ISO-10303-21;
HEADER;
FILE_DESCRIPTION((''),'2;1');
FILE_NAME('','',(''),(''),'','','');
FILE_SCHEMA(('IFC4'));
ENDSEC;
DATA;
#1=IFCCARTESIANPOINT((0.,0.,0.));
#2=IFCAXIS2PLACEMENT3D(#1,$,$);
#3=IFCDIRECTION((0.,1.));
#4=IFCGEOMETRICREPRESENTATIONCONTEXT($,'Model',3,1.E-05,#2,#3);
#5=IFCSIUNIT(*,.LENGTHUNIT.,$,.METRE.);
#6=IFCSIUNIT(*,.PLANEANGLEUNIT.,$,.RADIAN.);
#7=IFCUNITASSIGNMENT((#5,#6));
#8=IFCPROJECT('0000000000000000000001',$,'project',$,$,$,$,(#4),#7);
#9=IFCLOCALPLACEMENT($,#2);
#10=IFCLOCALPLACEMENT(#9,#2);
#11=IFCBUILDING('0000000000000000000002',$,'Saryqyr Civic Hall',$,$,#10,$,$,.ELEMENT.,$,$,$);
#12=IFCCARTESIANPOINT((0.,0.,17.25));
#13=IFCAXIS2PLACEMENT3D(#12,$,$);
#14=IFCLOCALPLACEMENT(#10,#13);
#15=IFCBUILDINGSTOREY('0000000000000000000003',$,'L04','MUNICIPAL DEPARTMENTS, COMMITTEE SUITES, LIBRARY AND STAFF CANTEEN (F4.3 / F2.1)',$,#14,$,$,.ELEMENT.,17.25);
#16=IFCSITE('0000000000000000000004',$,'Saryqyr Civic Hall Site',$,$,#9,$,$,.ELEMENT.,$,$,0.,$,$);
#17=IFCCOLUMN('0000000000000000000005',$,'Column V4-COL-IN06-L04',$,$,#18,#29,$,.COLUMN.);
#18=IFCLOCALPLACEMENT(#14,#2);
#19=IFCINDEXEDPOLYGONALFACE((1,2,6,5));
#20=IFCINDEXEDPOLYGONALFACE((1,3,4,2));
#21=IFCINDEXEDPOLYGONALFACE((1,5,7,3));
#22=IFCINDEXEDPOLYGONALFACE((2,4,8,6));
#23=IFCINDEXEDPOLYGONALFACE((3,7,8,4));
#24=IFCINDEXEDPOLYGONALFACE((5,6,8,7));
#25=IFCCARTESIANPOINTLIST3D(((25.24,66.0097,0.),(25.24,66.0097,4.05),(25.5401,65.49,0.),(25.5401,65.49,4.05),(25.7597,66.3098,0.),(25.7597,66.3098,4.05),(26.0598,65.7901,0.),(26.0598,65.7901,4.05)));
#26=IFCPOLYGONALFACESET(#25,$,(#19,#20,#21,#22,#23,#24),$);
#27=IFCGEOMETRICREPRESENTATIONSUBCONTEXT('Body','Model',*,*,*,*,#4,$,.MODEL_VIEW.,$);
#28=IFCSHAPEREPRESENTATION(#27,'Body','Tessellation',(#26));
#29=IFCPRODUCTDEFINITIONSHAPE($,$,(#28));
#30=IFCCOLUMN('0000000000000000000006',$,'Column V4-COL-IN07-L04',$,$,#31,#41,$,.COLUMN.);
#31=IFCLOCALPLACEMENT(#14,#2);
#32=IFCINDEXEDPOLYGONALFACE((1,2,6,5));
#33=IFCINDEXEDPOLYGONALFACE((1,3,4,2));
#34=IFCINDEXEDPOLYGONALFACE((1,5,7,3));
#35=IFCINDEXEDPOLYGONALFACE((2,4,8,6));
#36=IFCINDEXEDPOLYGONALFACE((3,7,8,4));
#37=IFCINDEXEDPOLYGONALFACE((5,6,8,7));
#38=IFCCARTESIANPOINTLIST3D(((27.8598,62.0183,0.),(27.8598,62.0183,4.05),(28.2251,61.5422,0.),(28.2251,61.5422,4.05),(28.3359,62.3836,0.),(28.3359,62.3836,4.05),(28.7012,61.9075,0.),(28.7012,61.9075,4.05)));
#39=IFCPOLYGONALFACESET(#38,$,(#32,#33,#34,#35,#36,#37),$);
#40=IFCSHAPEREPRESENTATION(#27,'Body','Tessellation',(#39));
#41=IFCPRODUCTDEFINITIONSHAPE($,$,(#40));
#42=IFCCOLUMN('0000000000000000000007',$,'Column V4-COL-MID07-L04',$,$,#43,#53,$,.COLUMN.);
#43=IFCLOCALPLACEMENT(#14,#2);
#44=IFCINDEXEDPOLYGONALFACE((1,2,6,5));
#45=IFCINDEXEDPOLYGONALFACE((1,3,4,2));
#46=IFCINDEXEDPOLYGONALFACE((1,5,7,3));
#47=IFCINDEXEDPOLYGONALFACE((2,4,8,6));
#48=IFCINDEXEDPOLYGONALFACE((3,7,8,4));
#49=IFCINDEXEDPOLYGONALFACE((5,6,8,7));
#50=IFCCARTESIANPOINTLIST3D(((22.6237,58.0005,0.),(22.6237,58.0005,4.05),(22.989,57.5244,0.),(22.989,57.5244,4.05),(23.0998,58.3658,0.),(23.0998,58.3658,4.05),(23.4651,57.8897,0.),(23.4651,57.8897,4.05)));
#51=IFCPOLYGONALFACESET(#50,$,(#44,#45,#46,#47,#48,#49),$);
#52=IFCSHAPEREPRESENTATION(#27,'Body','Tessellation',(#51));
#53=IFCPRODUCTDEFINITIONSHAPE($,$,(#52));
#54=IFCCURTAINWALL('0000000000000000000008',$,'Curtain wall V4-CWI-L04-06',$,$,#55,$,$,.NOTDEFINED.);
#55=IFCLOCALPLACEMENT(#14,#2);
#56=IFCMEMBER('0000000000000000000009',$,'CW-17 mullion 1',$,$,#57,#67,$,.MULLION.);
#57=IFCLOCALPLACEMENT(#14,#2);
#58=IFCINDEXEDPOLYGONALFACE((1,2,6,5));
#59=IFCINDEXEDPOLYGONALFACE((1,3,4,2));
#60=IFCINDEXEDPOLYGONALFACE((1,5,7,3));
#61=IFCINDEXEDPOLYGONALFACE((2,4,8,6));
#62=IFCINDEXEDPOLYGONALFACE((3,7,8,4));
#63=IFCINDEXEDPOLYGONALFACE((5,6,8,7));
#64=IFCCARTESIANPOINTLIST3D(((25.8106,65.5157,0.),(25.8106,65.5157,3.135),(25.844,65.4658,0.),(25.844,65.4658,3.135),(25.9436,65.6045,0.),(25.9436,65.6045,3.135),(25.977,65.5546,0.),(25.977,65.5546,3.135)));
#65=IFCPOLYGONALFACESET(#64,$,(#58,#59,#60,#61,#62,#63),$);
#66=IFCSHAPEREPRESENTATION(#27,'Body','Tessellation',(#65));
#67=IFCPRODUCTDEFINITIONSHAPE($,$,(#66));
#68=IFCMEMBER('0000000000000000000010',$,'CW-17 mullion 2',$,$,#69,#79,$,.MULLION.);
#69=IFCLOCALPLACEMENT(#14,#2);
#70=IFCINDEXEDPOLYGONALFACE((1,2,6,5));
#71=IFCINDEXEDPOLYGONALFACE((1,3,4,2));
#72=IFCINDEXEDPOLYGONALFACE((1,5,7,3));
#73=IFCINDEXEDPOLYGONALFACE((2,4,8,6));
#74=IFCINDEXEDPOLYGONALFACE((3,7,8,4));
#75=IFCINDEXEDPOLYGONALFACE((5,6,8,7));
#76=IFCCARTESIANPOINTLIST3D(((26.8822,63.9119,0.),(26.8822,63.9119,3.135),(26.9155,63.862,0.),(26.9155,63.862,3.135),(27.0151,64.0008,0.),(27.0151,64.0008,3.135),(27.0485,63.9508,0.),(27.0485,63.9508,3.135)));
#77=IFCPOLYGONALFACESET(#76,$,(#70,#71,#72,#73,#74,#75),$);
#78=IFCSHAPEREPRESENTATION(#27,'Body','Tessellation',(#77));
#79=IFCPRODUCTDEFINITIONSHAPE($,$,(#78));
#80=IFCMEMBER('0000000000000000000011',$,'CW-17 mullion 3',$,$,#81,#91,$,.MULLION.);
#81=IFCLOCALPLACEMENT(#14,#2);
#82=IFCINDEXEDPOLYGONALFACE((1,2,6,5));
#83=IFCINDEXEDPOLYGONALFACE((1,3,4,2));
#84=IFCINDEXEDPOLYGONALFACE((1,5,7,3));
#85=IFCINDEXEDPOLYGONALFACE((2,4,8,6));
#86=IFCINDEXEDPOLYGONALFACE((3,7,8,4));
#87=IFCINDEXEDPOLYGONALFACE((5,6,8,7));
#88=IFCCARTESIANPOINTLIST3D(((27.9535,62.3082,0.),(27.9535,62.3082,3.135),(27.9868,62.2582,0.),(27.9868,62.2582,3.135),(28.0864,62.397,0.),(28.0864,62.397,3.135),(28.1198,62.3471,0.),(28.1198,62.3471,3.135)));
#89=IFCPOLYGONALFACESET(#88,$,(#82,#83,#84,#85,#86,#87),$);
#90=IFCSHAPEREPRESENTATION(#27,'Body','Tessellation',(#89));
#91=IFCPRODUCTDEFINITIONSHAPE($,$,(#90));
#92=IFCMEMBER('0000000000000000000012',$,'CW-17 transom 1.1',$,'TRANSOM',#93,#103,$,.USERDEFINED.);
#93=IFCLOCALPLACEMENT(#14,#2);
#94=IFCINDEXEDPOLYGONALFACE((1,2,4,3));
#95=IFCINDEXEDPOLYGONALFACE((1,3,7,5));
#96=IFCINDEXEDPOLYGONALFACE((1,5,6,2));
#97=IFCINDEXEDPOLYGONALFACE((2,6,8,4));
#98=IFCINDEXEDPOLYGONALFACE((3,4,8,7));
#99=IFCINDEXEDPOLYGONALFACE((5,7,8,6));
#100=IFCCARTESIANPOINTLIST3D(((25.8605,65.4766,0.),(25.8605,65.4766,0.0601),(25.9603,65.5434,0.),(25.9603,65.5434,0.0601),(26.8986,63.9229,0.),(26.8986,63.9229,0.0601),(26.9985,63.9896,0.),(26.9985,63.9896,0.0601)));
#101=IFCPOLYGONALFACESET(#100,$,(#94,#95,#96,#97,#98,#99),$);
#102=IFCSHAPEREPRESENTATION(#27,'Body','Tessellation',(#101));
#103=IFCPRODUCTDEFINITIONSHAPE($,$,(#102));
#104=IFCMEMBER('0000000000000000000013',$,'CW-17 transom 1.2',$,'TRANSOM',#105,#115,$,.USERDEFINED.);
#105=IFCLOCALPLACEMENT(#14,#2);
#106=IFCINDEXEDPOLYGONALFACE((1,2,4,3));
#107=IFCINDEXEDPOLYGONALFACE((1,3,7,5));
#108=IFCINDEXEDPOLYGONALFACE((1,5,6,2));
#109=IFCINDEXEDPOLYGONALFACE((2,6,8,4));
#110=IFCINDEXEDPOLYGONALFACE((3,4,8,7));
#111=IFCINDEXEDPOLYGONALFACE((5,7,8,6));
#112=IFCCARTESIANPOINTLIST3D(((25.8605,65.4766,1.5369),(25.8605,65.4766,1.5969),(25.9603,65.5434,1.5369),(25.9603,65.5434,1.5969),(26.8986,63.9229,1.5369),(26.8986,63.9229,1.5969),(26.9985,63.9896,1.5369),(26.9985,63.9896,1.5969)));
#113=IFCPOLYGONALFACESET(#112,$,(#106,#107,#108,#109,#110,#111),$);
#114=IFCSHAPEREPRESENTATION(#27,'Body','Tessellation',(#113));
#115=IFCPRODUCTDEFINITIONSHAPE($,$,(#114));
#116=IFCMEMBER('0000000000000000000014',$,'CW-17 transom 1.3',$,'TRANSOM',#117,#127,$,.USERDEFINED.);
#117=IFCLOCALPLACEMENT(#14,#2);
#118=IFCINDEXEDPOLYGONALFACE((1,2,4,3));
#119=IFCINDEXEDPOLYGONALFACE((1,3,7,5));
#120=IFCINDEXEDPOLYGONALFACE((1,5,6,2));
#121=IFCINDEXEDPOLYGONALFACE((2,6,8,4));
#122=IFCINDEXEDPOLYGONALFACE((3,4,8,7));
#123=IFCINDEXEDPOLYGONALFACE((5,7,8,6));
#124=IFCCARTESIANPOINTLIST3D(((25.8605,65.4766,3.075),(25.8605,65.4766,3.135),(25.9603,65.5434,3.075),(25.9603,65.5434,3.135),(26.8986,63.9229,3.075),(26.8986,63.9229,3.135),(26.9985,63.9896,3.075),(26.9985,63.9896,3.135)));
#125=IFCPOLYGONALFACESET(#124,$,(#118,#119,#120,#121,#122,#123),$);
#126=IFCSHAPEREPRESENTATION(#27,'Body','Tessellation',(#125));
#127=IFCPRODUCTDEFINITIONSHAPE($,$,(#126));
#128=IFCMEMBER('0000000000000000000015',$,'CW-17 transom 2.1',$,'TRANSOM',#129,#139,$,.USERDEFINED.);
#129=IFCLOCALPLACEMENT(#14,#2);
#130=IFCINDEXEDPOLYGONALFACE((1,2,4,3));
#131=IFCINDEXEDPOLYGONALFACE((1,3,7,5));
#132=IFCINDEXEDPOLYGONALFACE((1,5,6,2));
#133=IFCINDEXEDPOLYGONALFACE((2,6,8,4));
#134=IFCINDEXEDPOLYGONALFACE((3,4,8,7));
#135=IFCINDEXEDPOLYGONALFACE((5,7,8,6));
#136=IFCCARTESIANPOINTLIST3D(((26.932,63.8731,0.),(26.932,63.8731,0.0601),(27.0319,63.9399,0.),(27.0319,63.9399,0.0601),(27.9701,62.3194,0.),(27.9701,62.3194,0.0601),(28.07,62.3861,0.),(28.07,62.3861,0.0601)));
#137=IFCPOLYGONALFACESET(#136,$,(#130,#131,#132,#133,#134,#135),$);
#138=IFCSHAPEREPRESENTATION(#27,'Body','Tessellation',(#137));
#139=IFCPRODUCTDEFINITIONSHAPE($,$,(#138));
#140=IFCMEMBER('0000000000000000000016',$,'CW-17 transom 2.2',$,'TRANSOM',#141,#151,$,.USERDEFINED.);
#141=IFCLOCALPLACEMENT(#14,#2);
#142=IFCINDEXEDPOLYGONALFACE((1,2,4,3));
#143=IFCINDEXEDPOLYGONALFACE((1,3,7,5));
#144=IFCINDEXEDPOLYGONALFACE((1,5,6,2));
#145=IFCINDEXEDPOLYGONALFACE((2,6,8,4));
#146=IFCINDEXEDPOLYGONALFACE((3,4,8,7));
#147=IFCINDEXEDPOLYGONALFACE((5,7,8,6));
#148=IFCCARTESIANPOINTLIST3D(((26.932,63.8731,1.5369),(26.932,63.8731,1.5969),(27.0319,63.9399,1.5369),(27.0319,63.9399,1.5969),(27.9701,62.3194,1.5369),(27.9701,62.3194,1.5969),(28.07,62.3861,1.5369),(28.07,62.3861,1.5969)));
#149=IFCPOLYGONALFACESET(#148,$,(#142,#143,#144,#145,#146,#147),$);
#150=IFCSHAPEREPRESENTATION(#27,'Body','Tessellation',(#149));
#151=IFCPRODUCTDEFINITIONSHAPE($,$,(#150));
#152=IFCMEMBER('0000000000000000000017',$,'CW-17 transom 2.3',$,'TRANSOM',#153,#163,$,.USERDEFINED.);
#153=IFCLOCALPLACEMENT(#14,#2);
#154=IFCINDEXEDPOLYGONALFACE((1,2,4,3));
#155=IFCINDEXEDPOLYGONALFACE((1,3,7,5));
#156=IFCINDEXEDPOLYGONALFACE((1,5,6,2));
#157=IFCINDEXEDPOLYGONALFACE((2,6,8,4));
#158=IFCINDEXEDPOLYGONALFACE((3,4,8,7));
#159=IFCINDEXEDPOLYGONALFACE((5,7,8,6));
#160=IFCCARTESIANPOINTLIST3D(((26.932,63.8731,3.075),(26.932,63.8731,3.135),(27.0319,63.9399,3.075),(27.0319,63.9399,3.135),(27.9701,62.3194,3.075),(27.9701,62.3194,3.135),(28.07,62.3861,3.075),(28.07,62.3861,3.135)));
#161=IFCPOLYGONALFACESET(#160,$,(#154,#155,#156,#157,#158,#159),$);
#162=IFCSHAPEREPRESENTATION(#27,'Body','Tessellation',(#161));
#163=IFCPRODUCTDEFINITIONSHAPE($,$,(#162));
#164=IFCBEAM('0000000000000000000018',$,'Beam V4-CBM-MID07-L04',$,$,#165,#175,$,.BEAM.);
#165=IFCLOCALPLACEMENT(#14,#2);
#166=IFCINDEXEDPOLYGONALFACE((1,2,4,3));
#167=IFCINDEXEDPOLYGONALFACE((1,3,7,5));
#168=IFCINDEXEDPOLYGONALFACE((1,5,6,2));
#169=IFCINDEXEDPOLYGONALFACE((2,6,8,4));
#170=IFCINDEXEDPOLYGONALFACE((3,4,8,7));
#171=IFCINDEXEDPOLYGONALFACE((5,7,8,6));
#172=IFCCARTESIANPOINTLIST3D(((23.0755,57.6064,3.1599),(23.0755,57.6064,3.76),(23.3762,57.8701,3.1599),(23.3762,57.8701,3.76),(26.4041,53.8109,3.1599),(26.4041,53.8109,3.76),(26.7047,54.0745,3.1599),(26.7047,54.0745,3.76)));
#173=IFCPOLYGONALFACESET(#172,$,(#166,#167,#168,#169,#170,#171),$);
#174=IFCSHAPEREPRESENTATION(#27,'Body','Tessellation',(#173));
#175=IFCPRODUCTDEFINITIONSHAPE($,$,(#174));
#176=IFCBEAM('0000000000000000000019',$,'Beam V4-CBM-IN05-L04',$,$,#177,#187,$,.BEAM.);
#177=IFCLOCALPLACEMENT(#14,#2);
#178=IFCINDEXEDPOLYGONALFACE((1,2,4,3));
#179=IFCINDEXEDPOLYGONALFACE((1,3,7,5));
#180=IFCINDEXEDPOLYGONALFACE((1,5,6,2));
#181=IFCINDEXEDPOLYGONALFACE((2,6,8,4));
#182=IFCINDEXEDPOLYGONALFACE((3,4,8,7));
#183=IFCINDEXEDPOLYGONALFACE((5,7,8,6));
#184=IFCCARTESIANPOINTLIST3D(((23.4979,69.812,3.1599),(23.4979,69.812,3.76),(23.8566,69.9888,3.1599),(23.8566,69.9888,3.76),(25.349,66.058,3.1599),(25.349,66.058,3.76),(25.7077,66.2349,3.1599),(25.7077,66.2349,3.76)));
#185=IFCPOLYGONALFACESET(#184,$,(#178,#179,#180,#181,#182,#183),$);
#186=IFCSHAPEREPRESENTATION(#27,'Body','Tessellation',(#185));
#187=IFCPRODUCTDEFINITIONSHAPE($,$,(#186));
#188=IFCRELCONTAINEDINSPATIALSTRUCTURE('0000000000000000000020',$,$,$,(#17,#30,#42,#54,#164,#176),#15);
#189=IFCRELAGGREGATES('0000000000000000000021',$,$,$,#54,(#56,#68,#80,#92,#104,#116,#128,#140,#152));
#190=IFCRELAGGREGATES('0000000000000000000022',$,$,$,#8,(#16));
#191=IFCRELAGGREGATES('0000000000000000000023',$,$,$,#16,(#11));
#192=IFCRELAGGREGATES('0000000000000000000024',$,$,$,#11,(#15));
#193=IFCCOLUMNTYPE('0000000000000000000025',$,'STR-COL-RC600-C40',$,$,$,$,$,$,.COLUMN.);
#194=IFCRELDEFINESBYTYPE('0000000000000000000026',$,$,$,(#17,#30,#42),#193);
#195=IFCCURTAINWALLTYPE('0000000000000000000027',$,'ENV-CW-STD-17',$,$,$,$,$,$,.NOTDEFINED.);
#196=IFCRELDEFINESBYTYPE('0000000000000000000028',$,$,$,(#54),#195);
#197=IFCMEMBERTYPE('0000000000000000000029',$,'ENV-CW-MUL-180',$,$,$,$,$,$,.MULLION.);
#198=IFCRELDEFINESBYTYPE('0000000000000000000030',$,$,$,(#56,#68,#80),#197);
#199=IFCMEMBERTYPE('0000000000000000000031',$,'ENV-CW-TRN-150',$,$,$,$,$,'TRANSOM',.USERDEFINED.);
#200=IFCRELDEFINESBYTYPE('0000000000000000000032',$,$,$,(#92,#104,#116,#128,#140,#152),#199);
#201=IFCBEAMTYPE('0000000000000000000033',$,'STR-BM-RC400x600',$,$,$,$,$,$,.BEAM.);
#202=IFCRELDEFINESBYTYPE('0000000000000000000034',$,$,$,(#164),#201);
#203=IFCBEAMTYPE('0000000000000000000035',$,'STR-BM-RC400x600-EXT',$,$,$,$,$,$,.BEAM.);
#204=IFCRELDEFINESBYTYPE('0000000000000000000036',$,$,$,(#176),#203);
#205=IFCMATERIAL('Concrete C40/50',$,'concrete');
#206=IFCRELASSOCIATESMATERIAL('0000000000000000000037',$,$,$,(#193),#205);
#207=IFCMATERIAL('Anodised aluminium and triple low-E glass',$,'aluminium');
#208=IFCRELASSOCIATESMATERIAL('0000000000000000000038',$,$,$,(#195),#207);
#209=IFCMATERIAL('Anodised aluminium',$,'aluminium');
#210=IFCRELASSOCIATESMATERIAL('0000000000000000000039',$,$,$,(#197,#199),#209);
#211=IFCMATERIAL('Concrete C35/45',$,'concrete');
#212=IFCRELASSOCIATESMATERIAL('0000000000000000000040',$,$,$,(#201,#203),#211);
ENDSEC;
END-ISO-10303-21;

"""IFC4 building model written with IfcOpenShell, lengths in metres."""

from ifc_helpers import new_model, si_unit, direction, frame, origin, origin_2d, place, context, subcontext, project, spatial, rectangle, extrude, material, material_profile, profile_set, type_object, element, aggregate, save


model = new_model("IFC4")

# Units and contexts
model_context = context("Model", 3, precision=1e-05, world=origin(), true_north=direction((0.0, 1.0)))
body_context = subcontext(model_context, "Body", "Model", "MODEL_VIEW")
ifc_project = project(units=[si_unit("LENGTHUNIT", "METRE"), si_unit("PLANEANGLEUNIT", "RADIAN")], contexts=[model_context])

# Site, building, storey
site_placement = place(None, origin())
site = spatial("IfcSite", under=ifc_project, at=site_placement, Name="Saryqyr Civic Hall Site", CompositionType="ELEMENT", RefElevation=0.0)
building_placement = place(site_placement, origin())
building = spatial("IfcBuilding", under=site, at=building_placement, Name="Saryqyr Civic Hall", CompositionType="ELEMENT")
storey_placement = place(building_placement, frame((0.0, 0.0, 17.25)))
storey = spatial("IfcBuildingStorey", under=building, at=storey_placement, Name="L04", Description="MUNICIPAL DEPARTMENTS, COMMITTEE SUITES, LIBRARY AND STAFF CANTEEN (F4.3 / F2.1)", CompositionType="ELEMENT", Elevation=17.25)

# Columns
ifc_material_1 = material(Name="Concrete C40/50", Category="concrete")
ifc_material_profile_1 = material_profile(ifc_material_1, rectangle(XDim=0.6001, YDim=0.6001, at=origin_2d()), Name="RC 600x600")
ifc_profile_set_1 = profile_set([ifc_material_profile_1], Name="Concrete C40/50")
column_type = type_object("IfcColumnType", Name="STR-COL-RC600-C40", PredefinedType="COLUMN", material=ifc_profile_set_1)
for number, where, z_axis, x_axis, name in (
    (1, (25.6499, 65.8999, 0.0), (0.0, 0.0, 1.0), (-0.866025, -0.5, 0.0), "Column V4-COL-IN06-L04"),
    (2, (28.2805, 61.9629, 0.0), (0.0, 0.0, 1.0), (-0.793353, -0.608761, 0.0), "Column V4-COL-IN07-L04"),
    (3, (23.0444, 57.9451, 0.0), (0.0, 0.0, 1.0), (-0.793353, -0.608761, 0.0), "Column V4-COL-MID07-L04"),
):
    element("IfcColumn", number, at=place(storey_placement, frame(where, z_axis=z_axis, x_axis=x_axis)), inside=storey, type_object=column_type, Name=name, PredefinedType="COLUMN", context=body_context, shape_type="SweptSolid", body=[
        extrude(rectangle(XDim=0.6001, YDim=0.6001, at=origin_2d()), origin(), (0.0, 0.0, 1.0), 4.05),
    ])

# Curtain wall, members
ifc_material_2 = material(Name="Anodised aluminium and triple low-E glass", Category="aluminium")
curtain_wall_type = type_object("IfcCurtainWallType", Name="ENV-CW-STD-17", PredefinedType="NOTDEFINED", material=ifc_material_2)
curtain_wall_placement = place(storey_placement, origin())
curtain_wall = element("IfcCurtainWall", 4, at=curtain_wall_placement, inside=storey, type_object=curtain_wall_type, Name="Curtain wall V4-CWI-L04-06", PredefinedType="NOTDEFINED")
ifc_material_3 = material(Name="Anodised aluminium", Category="aluminium")
ifc_material_profile_2 = material_profile(ifc_material_3, rectangle(XDim=0.0601, YDim=0.1599, at=origin_2d()), Name="ALU MULLION 60x160")
ifc_profile_set_2 = profile_set([ifc_material_profile_2], Name="Anodised aluminium")
member_type_1 = type_object("IfcMemberType", Name="ENV-CW-MUL-180", PredefinedType="MULLION", material=ifc_profile_set_2)
member_1_placement = place(storey_placement, frame((25.8938, 65.5352, 0.0), z_axis=(0.0, 0.0, 1.0), x_axis=(0.555554, -0.83148, 0.0)))
member_1 = element("IfcMember", 5, at=member_1_placement, type_object=member_type_1, Name="CW-17 mullion 1", PredefinedType="MULLION", context=body_context, shape_type="SweptSolid", body=[
    extrude(rectangle(XDim=0.0601, YDim=0.1599, at=origin_2d()), origin(), (0.0, 0.0, 1.0), 3.135),
])
member_2_placement = place(storey_placement, frame((26.9653, 63.9314, 0.0), z_axis=(0.0, 0.0, 1.0), x_axis=(0.555554, -0.83148, 0.0)))
member_2 = element("IfcMember", 6, at=member_2_placement, type_object=member_type_1, Name="CW-17 mullion 2", PredefinedType="MULLION", context=body_context, shape_type="SweptSolid", body=[
    extrude(rectangle(XDim=0.0601, YDim=0.1599, at=origin_2d()), origin(), (0.0, 0.0, 1.0), 3.135),
])
member_3_placement = place(storey_placement, frame((28.0366, 62.3276, 0.0), z_axis=(0.0, 0.0, 1.0), x_axis=(0.555554, -0.83148, 0.0)))
member_3 = element("IfcMember", 7, at=member_3_placement, type_object=member_type_1, Name="CW-17 mullion 3", PredefinedType="MULLION", context=body_context, shape_type="SweptSolid", body=[
    extrude(rectangle(XDim=0.0601, YDim=0.1599, at=origin_2d()), origin(), (0.0, 0.0, 1.0), 3.135),
])
ifc_material_profile_3 = material_profile(ifc_material_3, rectangle(XDim=0.1201, YDim=0.0601, at=origin_2d()), Name="ALU TRANSOM 120x60")
ifc_profile_set_3 = profile_set([ifc_material_profile_3], Name="Anodised aluminium")
member_type_2 = type_object("IfcMemberType", Name="ENV-CW-TRN-150", ElementType="TRANSOM", PredefinedType="USERDEFINED", material=ifc_profile_set_3)
member_4_placement = place(storey_placement, frame((25.9104, 65.51, 0.03), z_axis=(0.555544, -0.831487, 0.0), x_axis=(0.831487, 0.555544, 0.0)))
member_4 = element("IfcMember", 8, at=member_4_placement, type_object=member_type_2, Name="CW-17 transom 1.1", ObjectType="TRANSOM", PredefinedType="USERDEFINED", context=body_context, shape_type="SweptSolid", body=[
    extrude(rectangle(XDim=0.1201, YDim=0.0601, at=origin_2d()), origin(), (0.0, 0.0, 1.0), 1.8687),
])
member_5_placement = place(storey_placement, frame((25.9104, 65.51, 1.5669), z_axis=(0.555544, -0.831487, 0.0), x_axis=(0.831487, 0.555544, 0.0)))
member_5 = element("IfcMember", 9, at=member_5_placement, type_object=member_type_2, Name="CW-17 transom 1.2", ObjectType="TRANSOM", PredefinedType="USERDEFINED", context=body_context, shape_type="SweptSolid", body=[
    extrude(rectangle(XDim=0.1201, YDim=0.0601, at=origin_2d()), origin(), (0.0, 0.0, 1.0), 1.8687),
])
member_6_placement = place(storey_placement, frame((25.9104, 65.51, 3.105), z_axis=(0.555544, -0.831487, 0.0), x_axis=(0.831487, 0.555544, 0.0)))
member_6 = element("IfcMember", 10, at=member_6_placement, type_object=member_type_2, Name="CW-17 transom 1.3", ObjectType="TRANSOM", PredefinedType="USERDEFINED", context=body_context, shape_type="SweptSolid", body=[
    extrude(rectangle(XDim=0.1201, YDim=0.0601, at=origin_2d()), origin(), (0.0, 0.0, 1.0), 1.8687),
])
member_7_placement = place(storey_placement, frame((26.9819, 63.9065, 0.03), z_axis=(0.555544, -0.831487, 0.0), x_axis=(0.831487, 0.555544, 0.0)))
member_7 = element("IfcMember", 11, at=member_7_placement, type_object=member_type_2, Name="CW-17 transom 2.1", ObjectType="TRANSOM", PredefinedType="USERDEFINED", context=body_context, shape_type="SweptSolid", body=[
    extrude(rectangle(XDim=0.1201, YDim=0.0601, at=origin_2d()), origin(), (0.0, 0.0, 1.0), 1.8687),
])
member_8_placement = place(storey_placement, frame((26.9819, 63.9065, 1.5669), z_axis=(0.555544, -0.831487, 0.0), x_axis=(0.831487, 0.555544, 0.0)))
member_8 = element("IfcMember", 12, at=member_8_placement, type_object=member_type_2, Name="CW-17 transom 2.2", ObjectType="TRANSOM", PredefinedType="USERDEFINED", context=body_context, shape_type="SweptSolid", body=[
    extrude(rectangle(XDim=0.1201, YDim=0.0601, at=origin_2d()), origin(), (0.0, 0.0, 1.0), 1.8687),
])
member_9_placement = place(storey_placement, frame((26.9819, 63.9065, 3.105), z_axis=(0.555544, -0.831487, 0.0), x_axis=(0.831487, 0.555544, 0.0)))
member_9 = element("IfcMember", 13, at=member_9_placement, type_object=member_type_2, Name="CW-17 transom 2.3", ObjectType="TRANSOM", PredefinedType="USERDEFINED", context=body_context, shape_type="SweptSolid", body=[
    extrude(rectangle(XDim=0.1201, YDim=0.0601, at=origin_2d()), origin(), (0.0, 0.0, 1.0), 1.8687),
])

# Beams
ifc_material_4 = material(Name="Concrete C35/45", Category="concrete")
ifc_material_profile_4 = material_profile(ifc_material_4, rectangle(XDim=0.3999, YDim=0.6001, at=origin_2d()), Name="RC 400x600")
ifc_profile_set_4 = profile_set([ifc_material_profile_4], Name="Concrete C35/45")
beam_type_1 = type_object("IfcBeamType", Name="STR-BM-RC400x600", PredefinedType="BEAM", material=ifc_profile_set_4)
beam_1_placement = place(storey_placement, frame((23.2258, 57.7383, 3.46), z_axis=(0.659336, -0.751848, 0.0), x_axis=(0.751848, 0.659336, 0.0)))
element("IfcBeam", 14, at=beam_1_placement, inside=storey, type_object=beam_type_1, Name="Beam V4-CBM-MID07-L04", PredefinedType="BEAM", context=body_context, shape_type="SweptSolid", body=[
    extrude(rectangle(XDim=0.3999, YDim=0.6001, at=origin_2d()), origin(), (0.0, 0.0, 1.0), 5.0483),
])
ifc_material_profile_5 = material_profile(ifc_material_4, rectangle(XDim=0.3999, YDim=0.6001, at=origin_2d()), Name="RC 400x600")
ifc_profile_set_5 = profile_set([ifc_material_profile_5], Name="Concrete C35/45")
beam_type_2 = type_object("IfcBeamType", Name="STR-BM-RC400x600-EXT", PredefinedType="BEAM", material=ifc_profile_set_5)
beam_2_placement = place(storey_placement, frame((23.6772, 69.9004, 3.46), z_axis=(0.44226, -0.896887, 0.0), x_axis=(0.896887, 0.44226, 0.0)))
element("IfcBeam", 15, at=beam_2_placement, inside=storey, type_object=beam_type_2, Name="Beam V4-CBM-IN05-L04", PredefinedType="BEAM", context=body_context, shape_type="SweptSolid", body=[
    extrude(rectangle(XDim=0.3999, YDim=0.6001, at=origin_2d()), origin(), (0.0, 0.0, 1.0), 4.1855),
])

aggregate(curtain_wall, [member_1, member_2, member_3, member_4, member_5, member_6, member_7, member_8, member_9])

save(model, "model.ifc")
